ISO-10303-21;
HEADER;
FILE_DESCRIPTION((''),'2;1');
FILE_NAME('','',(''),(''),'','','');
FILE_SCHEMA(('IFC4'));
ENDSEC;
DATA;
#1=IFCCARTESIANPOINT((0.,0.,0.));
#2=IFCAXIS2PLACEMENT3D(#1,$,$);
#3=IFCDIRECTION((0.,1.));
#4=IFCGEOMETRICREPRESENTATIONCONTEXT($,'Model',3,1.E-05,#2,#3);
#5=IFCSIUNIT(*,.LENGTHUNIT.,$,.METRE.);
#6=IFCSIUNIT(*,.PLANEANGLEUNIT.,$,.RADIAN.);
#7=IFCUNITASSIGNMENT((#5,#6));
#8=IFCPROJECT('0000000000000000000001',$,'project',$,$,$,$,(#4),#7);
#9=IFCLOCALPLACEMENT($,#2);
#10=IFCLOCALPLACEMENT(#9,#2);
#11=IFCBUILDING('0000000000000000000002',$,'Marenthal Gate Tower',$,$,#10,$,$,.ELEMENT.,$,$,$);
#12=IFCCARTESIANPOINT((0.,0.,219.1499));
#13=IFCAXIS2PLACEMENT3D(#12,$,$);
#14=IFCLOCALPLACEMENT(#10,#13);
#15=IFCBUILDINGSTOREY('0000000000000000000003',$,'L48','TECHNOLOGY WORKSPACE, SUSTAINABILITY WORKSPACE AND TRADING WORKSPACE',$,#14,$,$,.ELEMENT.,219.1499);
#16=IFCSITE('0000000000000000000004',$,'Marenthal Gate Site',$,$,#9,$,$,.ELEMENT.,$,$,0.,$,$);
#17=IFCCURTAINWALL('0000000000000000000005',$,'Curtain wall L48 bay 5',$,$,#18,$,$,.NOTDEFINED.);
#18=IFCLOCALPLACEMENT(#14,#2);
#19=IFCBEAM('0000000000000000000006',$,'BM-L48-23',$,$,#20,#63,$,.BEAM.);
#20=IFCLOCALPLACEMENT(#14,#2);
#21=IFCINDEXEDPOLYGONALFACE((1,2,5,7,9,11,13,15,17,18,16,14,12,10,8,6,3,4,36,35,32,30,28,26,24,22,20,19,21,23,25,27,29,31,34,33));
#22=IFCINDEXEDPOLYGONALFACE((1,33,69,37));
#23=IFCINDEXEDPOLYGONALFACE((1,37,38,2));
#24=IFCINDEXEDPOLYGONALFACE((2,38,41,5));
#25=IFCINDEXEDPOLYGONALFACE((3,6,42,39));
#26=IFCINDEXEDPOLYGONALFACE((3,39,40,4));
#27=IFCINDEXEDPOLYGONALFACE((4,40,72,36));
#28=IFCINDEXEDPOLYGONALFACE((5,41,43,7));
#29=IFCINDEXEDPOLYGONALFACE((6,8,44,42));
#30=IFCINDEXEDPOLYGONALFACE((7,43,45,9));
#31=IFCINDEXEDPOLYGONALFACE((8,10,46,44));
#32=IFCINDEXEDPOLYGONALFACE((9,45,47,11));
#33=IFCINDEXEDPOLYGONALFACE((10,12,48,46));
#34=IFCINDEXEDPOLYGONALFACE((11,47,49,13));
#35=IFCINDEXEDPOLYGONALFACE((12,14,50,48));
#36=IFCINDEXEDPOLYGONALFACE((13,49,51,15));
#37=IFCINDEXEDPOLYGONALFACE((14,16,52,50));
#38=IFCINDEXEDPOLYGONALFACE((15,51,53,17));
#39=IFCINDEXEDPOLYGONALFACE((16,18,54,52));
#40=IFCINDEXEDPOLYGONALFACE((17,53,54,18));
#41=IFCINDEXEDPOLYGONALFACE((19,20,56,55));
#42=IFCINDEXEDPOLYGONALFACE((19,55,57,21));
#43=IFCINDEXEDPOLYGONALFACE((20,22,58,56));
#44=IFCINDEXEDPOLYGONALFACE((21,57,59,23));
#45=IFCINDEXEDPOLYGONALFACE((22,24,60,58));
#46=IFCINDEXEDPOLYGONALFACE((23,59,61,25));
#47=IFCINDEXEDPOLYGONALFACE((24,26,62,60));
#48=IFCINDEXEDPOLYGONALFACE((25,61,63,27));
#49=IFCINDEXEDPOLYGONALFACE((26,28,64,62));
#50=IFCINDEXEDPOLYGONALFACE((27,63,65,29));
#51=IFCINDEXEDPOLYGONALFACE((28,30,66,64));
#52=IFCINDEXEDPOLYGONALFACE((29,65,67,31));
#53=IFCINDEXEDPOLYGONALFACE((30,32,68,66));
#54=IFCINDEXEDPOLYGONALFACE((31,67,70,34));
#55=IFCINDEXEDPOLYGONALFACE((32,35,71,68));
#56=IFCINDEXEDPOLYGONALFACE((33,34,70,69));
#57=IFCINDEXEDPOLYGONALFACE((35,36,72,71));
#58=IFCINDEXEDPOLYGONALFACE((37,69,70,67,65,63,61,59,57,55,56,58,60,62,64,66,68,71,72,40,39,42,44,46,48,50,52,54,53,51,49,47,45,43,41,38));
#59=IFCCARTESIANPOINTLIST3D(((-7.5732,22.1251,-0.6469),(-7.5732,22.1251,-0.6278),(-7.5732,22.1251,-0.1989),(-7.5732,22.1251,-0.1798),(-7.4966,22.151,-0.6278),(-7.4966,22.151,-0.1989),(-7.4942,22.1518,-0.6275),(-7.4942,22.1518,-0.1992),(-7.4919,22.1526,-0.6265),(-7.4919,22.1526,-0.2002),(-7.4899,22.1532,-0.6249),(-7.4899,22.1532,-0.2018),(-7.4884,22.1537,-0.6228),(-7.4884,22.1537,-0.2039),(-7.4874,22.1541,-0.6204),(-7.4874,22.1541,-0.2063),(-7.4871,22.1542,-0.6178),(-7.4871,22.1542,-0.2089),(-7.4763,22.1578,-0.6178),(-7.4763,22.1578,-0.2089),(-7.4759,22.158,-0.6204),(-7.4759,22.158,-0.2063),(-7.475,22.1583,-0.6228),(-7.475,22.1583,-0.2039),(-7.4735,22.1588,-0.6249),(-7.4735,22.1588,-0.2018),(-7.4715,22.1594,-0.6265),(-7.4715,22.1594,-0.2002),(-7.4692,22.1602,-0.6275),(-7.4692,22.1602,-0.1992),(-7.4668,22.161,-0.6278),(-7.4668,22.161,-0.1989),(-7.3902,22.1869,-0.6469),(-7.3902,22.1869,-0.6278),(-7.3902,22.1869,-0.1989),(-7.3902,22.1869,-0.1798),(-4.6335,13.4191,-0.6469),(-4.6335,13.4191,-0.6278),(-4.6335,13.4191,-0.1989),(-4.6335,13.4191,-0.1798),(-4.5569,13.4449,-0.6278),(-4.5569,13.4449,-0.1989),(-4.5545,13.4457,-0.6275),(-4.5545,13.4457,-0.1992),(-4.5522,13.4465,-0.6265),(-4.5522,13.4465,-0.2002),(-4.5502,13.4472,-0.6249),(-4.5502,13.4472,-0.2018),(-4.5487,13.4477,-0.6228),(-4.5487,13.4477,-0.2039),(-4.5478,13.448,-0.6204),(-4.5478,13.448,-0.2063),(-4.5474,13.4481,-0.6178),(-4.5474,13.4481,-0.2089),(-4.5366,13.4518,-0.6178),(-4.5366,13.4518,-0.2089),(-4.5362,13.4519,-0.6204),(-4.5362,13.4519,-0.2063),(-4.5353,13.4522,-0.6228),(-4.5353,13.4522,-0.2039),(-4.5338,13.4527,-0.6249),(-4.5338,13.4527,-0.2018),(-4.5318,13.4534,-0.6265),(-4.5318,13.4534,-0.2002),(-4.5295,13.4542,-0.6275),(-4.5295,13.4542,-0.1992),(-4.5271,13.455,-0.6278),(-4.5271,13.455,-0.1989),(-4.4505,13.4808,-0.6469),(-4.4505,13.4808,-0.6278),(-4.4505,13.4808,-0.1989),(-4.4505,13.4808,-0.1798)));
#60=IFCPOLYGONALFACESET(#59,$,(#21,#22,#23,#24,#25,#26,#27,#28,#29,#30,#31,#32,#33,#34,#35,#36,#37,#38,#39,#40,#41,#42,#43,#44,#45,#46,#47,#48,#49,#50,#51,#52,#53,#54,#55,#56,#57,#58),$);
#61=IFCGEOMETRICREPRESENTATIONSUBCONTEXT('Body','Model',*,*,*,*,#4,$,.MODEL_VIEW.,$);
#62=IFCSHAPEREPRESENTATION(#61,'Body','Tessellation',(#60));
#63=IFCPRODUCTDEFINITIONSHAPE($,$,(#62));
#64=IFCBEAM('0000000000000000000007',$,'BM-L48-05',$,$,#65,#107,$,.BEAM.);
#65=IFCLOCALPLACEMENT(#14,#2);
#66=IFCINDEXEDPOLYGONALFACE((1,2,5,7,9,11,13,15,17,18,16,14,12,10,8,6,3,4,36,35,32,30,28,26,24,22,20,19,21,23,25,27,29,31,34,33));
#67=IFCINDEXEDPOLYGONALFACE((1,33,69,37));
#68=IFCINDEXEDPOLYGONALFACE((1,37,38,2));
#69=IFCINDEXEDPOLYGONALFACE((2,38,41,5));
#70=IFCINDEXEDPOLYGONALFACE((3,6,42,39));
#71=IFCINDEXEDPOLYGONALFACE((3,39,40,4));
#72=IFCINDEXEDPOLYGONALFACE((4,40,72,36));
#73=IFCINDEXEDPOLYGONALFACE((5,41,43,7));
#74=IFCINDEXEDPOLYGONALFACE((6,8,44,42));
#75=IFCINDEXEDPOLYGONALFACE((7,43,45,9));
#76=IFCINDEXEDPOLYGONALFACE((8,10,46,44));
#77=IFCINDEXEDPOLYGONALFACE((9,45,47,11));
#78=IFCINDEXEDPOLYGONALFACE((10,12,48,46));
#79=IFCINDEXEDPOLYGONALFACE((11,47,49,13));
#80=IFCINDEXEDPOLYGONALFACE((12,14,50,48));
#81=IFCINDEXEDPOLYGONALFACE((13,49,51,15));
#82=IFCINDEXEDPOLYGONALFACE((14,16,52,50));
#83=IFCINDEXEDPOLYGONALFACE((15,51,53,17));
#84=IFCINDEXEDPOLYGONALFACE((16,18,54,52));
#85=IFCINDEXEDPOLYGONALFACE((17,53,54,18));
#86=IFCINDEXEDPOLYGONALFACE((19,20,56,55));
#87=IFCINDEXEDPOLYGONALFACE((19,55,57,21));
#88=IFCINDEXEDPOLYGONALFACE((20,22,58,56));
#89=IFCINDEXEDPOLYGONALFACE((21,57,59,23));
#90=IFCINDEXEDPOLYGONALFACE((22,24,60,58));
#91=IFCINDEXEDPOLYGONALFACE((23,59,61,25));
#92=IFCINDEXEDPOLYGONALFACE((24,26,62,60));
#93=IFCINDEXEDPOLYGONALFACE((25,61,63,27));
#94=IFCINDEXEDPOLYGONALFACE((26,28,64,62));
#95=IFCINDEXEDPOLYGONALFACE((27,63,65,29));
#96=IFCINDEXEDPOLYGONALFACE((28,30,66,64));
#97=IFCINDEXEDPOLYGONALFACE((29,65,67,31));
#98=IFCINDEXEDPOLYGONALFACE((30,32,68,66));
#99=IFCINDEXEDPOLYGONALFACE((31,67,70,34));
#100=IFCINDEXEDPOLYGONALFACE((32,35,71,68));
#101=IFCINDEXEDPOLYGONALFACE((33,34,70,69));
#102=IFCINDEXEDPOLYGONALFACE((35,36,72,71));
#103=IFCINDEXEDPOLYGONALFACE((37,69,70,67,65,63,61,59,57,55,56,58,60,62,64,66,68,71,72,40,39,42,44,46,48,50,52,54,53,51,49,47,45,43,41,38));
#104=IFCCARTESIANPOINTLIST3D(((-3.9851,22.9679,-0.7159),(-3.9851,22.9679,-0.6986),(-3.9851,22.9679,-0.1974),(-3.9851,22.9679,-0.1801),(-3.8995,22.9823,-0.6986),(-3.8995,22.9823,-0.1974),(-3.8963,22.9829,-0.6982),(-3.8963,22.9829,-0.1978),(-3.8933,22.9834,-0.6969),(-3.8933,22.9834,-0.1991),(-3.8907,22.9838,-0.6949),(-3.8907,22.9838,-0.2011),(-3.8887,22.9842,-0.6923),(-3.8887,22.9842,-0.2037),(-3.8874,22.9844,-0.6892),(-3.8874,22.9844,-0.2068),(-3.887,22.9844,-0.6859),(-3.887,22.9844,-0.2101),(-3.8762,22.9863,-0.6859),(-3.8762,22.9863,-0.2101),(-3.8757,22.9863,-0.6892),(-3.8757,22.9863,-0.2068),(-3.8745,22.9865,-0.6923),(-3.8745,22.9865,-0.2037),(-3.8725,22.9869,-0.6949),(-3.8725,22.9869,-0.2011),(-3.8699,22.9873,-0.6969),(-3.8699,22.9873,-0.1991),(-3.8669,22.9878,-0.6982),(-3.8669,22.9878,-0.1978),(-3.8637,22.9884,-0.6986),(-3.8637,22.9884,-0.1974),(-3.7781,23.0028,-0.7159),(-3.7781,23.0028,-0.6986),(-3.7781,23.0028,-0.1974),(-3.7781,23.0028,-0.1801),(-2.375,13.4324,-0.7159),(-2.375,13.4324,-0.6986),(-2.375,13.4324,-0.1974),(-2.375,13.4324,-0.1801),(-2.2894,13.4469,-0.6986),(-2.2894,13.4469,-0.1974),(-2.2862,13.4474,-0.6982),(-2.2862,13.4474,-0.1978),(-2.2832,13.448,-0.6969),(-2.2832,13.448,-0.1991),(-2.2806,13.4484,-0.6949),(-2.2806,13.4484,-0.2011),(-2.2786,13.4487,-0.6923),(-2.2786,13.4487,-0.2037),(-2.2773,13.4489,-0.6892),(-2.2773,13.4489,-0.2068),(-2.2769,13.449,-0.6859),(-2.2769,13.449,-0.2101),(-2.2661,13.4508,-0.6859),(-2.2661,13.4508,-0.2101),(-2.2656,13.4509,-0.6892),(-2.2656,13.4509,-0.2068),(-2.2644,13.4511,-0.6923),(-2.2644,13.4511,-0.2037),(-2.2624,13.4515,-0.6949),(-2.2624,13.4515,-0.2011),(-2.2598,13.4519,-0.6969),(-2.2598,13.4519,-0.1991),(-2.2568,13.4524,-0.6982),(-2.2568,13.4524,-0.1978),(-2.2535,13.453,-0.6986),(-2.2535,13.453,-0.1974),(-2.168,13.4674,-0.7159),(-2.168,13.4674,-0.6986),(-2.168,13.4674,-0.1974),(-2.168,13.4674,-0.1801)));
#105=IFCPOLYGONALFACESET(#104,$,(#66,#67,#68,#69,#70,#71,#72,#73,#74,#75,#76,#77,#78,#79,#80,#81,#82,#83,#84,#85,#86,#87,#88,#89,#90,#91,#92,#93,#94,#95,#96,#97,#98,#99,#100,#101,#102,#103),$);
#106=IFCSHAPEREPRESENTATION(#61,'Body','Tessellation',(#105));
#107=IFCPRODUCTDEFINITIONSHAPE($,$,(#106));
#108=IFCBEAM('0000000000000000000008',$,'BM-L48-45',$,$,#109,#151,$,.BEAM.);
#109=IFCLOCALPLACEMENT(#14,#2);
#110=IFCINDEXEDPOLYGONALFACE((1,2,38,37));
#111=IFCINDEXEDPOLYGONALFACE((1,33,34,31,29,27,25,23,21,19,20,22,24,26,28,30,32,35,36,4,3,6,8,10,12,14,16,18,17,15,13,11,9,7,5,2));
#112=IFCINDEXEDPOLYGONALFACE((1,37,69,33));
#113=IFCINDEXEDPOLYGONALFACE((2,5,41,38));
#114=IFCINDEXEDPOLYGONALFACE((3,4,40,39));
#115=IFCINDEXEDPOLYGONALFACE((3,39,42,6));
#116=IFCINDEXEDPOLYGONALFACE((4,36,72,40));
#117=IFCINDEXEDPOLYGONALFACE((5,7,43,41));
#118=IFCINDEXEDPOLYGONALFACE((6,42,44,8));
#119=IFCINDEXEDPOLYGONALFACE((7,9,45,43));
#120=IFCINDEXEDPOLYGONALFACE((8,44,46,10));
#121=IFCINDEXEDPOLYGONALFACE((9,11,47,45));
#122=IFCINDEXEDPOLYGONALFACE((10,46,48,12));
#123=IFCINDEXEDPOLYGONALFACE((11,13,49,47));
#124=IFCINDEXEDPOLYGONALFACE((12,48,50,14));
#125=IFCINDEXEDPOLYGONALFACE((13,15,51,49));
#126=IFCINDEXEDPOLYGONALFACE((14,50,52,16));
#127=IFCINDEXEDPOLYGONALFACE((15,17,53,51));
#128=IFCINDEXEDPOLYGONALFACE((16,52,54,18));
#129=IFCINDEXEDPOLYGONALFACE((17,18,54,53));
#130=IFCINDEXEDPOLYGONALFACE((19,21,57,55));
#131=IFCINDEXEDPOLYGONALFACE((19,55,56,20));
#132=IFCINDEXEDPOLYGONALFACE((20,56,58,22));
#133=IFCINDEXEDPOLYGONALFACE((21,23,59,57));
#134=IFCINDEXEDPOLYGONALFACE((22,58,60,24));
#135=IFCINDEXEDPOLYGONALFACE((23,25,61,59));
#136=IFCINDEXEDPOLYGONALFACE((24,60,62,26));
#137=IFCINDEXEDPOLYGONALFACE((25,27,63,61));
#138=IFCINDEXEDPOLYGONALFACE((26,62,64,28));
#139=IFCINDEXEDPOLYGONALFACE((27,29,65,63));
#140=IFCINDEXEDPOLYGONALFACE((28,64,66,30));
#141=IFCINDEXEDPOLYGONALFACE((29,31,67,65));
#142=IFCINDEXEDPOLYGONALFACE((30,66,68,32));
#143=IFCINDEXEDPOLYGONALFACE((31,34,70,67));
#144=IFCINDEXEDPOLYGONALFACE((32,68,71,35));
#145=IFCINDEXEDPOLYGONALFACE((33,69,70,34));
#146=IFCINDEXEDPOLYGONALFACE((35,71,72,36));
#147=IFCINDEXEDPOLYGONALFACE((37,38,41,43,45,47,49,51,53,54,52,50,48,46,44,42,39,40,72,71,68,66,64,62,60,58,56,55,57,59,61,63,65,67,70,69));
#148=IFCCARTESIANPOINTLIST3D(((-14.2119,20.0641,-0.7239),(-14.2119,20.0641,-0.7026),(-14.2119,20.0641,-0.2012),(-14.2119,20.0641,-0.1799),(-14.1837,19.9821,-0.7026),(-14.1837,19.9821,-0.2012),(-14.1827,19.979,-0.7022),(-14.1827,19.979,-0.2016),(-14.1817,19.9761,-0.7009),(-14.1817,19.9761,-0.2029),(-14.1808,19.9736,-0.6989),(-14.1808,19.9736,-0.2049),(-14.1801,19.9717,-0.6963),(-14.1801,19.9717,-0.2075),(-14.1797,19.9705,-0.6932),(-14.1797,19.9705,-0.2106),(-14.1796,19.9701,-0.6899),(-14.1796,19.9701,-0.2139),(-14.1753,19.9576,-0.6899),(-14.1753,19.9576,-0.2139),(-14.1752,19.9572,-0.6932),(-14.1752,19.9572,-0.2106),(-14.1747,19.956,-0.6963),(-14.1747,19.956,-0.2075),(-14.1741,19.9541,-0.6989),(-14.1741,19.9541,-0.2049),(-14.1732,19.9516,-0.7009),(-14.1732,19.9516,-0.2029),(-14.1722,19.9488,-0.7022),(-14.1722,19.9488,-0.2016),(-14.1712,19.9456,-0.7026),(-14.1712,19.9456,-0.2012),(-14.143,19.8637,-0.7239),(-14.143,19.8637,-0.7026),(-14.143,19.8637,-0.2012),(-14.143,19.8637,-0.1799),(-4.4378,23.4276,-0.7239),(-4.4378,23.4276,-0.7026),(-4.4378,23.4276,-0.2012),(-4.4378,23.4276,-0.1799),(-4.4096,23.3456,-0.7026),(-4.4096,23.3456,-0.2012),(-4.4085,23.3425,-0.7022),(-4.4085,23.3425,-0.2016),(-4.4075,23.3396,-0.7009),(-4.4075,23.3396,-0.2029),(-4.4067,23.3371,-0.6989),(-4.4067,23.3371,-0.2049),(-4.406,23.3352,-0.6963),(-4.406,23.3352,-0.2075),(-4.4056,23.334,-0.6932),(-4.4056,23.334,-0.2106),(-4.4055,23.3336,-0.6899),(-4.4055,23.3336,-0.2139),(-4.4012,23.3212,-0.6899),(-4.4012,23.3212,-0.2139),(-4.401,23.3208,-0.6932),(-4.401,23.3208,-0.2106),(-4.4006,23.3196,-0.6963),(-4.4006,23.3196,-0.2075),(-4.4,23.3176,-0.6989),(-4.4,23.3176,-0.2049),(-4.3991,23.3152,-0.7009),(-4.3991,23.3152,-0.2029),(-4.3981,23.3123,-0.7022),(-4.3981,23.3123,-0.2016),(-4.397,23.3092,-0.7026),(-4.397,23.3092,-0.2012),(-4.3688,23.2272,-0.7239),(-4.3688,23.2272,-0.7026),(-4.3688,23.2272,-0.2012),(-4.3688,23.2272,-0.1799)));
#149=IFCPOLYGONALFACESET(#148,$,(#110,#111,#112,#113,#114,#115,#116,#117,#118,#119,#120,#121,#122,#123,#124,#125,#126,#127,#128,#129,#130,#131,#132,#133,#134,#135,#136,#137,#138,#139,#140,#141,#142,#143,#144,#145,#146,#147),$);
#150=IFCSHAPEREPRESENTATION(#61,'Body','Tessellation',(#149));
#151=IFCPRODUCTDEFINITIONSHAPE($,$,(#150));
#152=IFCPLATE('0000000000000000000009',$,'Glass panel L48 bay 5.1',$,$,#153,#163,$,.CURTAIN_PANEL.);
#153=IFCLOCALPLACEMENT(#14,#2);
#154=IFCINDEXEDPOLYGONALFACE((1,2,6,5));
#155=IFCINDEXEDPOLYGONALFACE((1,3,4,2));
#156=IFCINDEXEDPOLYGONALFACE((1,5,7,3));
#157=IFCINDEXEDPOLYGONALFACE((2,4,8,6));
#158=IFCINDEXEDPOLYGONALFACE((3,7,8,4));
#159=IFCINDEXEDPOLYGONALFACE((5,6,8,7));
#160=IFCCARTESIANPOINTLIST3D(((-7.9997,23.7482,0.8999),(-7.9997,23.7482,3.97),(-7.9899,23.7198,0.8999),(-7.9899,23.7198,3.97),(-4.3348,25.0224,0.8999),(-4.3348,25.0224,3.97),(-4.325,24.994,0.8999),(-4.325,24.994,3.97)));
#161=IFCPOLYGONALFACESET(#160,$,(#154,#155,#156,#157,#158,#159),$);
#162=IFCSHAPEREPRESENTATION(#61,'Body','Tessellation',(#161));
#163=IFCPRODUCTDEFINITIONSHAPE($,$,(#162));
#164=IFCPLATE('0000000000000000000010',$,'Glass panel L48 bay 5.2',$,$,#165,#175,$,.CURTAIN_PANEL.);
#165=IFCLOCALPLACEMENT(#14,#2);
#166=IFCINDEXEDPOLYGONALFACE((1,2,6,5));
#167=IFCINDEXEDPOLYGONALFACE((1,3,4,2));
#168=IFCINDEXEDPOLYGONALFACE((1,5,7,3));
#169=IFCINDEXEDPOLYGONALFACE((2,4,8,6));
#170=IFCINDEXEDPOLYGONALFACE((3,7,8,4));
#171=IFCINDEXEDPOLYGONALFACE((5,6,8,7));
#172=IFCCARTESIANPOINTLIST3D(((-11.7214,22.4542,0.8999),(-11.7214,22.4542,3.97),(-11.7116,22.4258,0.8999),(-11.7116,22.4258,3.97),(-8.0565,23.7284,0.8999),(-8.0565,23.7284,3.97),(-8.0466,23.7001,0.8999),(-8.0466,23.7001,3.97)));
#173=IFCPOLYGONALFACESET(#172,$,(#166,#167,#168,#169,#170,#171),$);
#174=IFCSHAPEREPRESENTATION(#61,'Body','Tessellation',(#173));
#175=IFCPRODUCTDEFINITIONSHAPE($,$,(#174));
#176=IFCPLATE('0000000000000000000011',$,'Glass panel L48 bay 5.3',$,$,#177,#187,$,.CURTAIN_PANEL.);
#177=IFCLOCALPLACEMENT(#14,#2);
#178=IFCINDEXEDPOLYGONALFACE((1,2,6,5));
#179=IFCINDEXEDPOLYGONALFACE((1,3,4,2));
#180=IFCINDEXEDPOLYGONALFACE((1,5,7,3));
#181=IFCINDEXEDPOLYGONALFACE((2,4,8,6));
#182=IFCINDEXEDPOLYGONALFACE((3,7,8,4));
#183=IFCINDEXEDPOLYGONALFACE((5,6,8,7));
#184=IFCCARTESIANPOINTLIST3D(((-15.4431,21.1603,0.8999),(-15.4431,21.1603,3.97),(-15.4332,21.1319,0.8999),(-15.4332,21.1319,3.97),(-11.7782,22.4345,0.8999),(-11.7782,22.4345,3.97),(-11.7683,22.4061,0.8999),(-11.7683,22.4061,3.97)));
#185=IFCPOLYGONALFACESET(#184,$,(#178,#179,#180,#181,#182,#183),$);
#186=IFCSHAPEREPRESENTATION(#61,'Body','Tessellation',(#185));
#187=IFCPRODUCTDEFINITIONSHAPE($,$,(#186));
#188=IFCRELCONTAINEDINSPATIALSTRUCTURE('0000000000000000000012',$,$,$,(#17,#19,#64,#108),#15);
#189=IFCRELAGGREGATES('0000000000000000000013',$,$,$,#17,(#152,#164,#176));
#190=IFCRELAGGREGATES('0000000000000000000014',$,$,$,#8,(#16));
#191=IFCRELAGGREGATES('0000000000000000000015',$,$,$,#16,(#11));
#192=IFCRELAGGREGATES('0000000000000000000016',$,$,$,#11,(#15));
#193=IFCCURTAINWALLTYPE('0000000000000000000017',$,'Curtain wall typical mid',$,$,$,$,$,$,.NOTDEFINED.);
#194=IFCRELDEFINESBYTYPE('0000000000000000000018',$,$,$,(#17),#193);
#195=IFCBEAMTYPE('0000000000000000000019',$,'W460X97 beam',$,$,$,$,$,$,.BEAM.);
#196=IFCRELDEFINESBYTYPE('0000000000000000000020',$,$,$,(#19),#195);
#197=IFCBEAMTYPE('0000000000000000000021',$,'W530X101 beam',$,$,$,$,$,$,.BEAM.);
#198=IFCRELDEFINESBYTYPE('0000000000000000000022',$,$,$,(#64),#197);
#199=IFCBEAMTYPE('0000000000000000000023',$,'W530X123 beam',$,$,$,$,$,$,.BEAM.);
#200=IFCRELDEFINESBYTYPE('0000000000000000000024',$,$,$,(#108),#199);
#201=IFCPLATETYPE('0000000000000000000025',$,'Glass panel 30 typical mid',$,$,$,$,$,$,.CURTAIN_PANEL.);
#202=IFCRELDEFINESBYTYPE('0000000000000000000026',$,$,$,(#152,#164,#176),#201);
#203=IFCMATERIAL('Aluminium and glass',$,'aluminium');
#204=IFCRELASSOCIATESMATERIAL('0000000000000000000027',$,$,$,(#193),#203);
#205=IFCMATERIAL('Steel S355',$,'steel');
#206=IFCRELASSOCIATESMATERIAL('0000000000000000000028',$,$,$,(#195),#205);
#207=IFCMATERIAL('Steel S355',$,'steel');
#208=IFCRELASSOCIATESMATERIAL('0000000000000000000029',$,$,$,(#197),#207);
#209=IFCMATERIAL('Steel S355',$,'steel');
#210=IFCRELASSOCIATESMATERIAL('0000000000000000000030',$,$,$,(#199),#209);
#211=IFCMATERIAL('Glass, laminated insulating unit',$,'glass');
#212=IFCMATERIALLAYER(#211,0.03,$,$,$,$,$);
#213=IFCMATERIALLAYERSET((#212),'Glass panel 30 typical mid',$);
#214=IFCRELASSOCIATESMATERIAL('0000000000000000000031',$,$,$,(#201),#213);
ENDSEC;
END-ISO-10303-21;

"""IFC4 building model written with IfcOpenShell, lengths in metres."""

from ifc_helpers import new_model, si_unit, direction, frame, origin, origin_2d, place, context, subcontext, project, spatial, rectangle, i_section, extrude, material, layer, layer_set, material_profile, profile_set, type_object, element, aggregate, save


model = new_model("IFC4")

# Units and contexts
model_context = context("Model", 3, precision=1e-05, world=origin(), true_north=direction((0.0, 1.0)))
body_context = subcontext(model_context, "Body", "Model", "MODEL_VIEW")
ifc_project = project(units=[si_unit("LENGTHUNIT", "METRE"), si_unit("PLANEANGLEUNIT", "RADIAN")], contexts=[model_context])

# Site, building, storey
site_placement = place(None, origin())
site = spatial("IfcSite", under=ifc_project, at=site_placement, Name="Marenthal Gate Site", CompositionType="ELEMENT", RefElevation=0.0)
building_placement = place(site_placement, origin())
building = spatial("IfcBuilding", under=site, at=building_placement, Name="Marenthal Gate Tower", CompositionType="ELEMENT")
storey_placement = place(building_placement, frame((0.0, 0.0, 219.1499)))
storey = spatial("IfcBuildingStorey", under=building, at=storey_placement, Name="L48", Description="TECHNOLOGY WORKSPACE, SUSTAINABILITY WORKSPACE AND TRADING WORKSPACE", CompositionType="ELEMENT", Elevation=219.1499)

# Curtain wall
ifc_material_1 = material(Name="Aluminium and glass", Category="aluminium")
curtain_wall_type = type_object("IfcCurtainWallType", Name="Curtain wall typical mid", PredefinedType="NOTDEFINED", material=ifc_material_1)
curtain_wall_placement = place(storey_placement, origin())
curtain_wall = element("IfcCurtainWall", 1, at=curtain_wall_placement, inside=storey, type_object=curtain_wall_type, Name="Curtain wall L48 bay 5", PredefinedType="NOTDEFINED")

# Beams
ifc_material_2 = material(Name="Steel S355", Category="steel")
ifc_material_profile_1 = material_profile(ifc_material_2, i_section(OverallWidth=0.1931, OverallDepth=0.467, WebThickness=0.0115, FlangeThickness=0.019, FilletRadius=0.01, at=origin_2d()), Name="W460X97")
ifc_profile_set_1 = profile_set([ifc_material_profile_1], Name="Steel S355")
beam_type_1 = type_object("IfcBeamType", Name="W460X97 beam", PredefinedType="BEAM", material=ifc_profile_set_1)
beam_1_placement = place(storey_placement, frame((-7.4817, 22.156, -0.4133), z_axis=(0.319916, -0.947446, 0.0), x_axis=(0.947446, 0.319916, 0.0)))
element("IfcBeam", 2, at=beam_1_placement, inside=storey, type_object=beam_type_1, Name="BM-L48-23", PredefinedType="BEAM", context=body_context, shape_type="SweptSolid", body=[
    extrude(i_section(OverallWidth=0.1931, OverallDepth=0.467, WebThickness=0.0115, FlangeThickness=0.019, FilletRadius=0.01, at=origin_2d()), origin(), (0.0, 0.0, 1.0), 9.189),
])
ifc_material_3 = material(Name="Steel S355", Category="steel")
ifc_material_profile_2 = material_profile(ifc_material_3, i_section(OverallWidth=0.21, OverallDepth=0.5359, WebThickness=0.011, FlangeThickness=0.0173, FilletRadius=0.0127, at=origin_2d()), Name="W530X101")
ifc_profile_set_2 = profile_set([ifc_material_profile_2], Name="Steel S355")
beam_type_2 = type_object("IfcBeamType", Name="W530X101 beam", PredefinedType="BEAM", material=ifc_profile_set_2)
beam_2_placement = place(storey_placement, frame((-3.8816, 22.9854, -0.448), z_axis=(0.166499, -0.986042, 0.0), x_axis=(0.986042, 0.166499, 0.0)))
element("IfcBeam", 3, at=beam_2_placement, inside=storey, type_object=beam_type_2, Name="BM-L48-05", PredefinedType="BEAM", context=body_context, shape_type="SweptSolid", body=[
    extrude(i_section(OverallWidth=0.21, OverallDepth=0.5359, WebThickness=0.011, FlangeThickness=0.0173, FilletRadius=0.0127, at=origin_2d()), origin(), (0.0, 0.0, 1.0), 9.6704),
])
ifc_material_4 = material(Name="Steel S355", Category="steel")
ifc_material_profile_3 = material_profile(ifc_material_4, i_section(OverallWidth=0.2119, OverallDepth=0.5439, WebThickness=0.0132, FlangeThickness=0.0212, FilletRadius=0.0127, at=origin_2d()), Name="W530X123")
ifc_profile_set_3 = profile_set([ifc_material_profile_3], Name="Steel S355")
beam_type_3 = type_object("IfcBeamType", Name="W530X123 beam", PredefinedType="BEAM", material=ifc_profile_set_3)
beam_3_placement = place(storey_placement, frame((-4.4033, 23.3274, -0.4519), z_axis=(-0.945578, -0.325396, 0.0), x_axis=(0.325396, -0.945578, 0.0)))
element("IfcBeam", 4, at=beam_3_placement, inside=storey, type_object=beam_type_3, Name="BM-L48-45", PredefinedType="BEAM", context=body_context, shape_type="SweptSolid", body=[
    extrude(i_section(OverallWidth=0.2119, OverallDepth=0.5439, WebThickness=0.0132, FlangeThickness=0.0212, FilletRadius=0.0127, at=origin_2d()), origin(), (0.0, 0.0, 1.0), 10.3367),
])

# Plates
ifc_material_5 = material(Name="Glass, laminated insulating unit", Category="glass")
ifc_layer_1 = layer(ifc_material_5, 0.03)
ifc_layer_set_1 = layer_set([ifc_layer_1], Name="Glass panel 30 typical mid")
plate_type = type_object("IfcPlateType", Name="Glass panel 30 typical mid", PredefinedType="CURTAIN_PANEL", material=ifc_layer_set_1)
plate_1_placement = place(storey_placement, frame((-6.1624, 24.3711, 0.8999), z_axis=(0.0, 0.0, 1.0), x_axis=(-0.944539, -0.3284, 0.0)))
plate_1 = element("IfcPlate", 5, at=plate_1_placement, type_object=plate_type, Name="Glass panel L48 bay 5.1", PredefinedType="CURTAIN_PANEL", context=body_context, shape_type="SweptSolid", body=[
    extrude(rectangle(XDim=3.8801, YDim=0.03, at=origin_2d()), origin(), (0.0, 0.0, 1.0), 3.0701),
])
plate_2_placement = place(storey_placement, frame((-9.884, 23.0771, 0.8999), z_axis=(0.0, 0.0, 1.0), x_axis=(-0.944539, -0.3284, 0.0)))
plate_2 = element("IfcPlate", 6, at=plate_2_placement, type_object=plate_type, Name="Glass panel L48 bay 5.2", PredefinedType="CURTAIN_PANEL", context=body_context, shape_type="SweptSolid", body=[
    extrude(rectangle(XDim=3.8801, YDim=0.03, at=origin_2d()), origin(), (0.0, 0.0, 1.0), 3.0701),
])
plate_3_placement = place(storey_placement, frame((-13.6057, 21.7832, 0.8999), z_axis=(0.0, 0.0, 1.0), x_axis=(-0.944539, -0.3284, 0.0)))
plate_3 = element("IfcPlate", 7, at=plate_3_placement, type_object=plate_type, Name="Glass panel L48 bay 5.3", PredefinedType="CURTAIN_PANEL", context=body_context, shape_type="SweptSolid", body=[
    extrude(rectangle(XDim=3.8801, YDim=0.03, at=origin_2d()), origin(), (0.0, 0.0, 1.0), 3.0701),
])
aggregate(curtain_wall, [plate_1, plate_2, plate_3])

save(model, "model.ifc")
